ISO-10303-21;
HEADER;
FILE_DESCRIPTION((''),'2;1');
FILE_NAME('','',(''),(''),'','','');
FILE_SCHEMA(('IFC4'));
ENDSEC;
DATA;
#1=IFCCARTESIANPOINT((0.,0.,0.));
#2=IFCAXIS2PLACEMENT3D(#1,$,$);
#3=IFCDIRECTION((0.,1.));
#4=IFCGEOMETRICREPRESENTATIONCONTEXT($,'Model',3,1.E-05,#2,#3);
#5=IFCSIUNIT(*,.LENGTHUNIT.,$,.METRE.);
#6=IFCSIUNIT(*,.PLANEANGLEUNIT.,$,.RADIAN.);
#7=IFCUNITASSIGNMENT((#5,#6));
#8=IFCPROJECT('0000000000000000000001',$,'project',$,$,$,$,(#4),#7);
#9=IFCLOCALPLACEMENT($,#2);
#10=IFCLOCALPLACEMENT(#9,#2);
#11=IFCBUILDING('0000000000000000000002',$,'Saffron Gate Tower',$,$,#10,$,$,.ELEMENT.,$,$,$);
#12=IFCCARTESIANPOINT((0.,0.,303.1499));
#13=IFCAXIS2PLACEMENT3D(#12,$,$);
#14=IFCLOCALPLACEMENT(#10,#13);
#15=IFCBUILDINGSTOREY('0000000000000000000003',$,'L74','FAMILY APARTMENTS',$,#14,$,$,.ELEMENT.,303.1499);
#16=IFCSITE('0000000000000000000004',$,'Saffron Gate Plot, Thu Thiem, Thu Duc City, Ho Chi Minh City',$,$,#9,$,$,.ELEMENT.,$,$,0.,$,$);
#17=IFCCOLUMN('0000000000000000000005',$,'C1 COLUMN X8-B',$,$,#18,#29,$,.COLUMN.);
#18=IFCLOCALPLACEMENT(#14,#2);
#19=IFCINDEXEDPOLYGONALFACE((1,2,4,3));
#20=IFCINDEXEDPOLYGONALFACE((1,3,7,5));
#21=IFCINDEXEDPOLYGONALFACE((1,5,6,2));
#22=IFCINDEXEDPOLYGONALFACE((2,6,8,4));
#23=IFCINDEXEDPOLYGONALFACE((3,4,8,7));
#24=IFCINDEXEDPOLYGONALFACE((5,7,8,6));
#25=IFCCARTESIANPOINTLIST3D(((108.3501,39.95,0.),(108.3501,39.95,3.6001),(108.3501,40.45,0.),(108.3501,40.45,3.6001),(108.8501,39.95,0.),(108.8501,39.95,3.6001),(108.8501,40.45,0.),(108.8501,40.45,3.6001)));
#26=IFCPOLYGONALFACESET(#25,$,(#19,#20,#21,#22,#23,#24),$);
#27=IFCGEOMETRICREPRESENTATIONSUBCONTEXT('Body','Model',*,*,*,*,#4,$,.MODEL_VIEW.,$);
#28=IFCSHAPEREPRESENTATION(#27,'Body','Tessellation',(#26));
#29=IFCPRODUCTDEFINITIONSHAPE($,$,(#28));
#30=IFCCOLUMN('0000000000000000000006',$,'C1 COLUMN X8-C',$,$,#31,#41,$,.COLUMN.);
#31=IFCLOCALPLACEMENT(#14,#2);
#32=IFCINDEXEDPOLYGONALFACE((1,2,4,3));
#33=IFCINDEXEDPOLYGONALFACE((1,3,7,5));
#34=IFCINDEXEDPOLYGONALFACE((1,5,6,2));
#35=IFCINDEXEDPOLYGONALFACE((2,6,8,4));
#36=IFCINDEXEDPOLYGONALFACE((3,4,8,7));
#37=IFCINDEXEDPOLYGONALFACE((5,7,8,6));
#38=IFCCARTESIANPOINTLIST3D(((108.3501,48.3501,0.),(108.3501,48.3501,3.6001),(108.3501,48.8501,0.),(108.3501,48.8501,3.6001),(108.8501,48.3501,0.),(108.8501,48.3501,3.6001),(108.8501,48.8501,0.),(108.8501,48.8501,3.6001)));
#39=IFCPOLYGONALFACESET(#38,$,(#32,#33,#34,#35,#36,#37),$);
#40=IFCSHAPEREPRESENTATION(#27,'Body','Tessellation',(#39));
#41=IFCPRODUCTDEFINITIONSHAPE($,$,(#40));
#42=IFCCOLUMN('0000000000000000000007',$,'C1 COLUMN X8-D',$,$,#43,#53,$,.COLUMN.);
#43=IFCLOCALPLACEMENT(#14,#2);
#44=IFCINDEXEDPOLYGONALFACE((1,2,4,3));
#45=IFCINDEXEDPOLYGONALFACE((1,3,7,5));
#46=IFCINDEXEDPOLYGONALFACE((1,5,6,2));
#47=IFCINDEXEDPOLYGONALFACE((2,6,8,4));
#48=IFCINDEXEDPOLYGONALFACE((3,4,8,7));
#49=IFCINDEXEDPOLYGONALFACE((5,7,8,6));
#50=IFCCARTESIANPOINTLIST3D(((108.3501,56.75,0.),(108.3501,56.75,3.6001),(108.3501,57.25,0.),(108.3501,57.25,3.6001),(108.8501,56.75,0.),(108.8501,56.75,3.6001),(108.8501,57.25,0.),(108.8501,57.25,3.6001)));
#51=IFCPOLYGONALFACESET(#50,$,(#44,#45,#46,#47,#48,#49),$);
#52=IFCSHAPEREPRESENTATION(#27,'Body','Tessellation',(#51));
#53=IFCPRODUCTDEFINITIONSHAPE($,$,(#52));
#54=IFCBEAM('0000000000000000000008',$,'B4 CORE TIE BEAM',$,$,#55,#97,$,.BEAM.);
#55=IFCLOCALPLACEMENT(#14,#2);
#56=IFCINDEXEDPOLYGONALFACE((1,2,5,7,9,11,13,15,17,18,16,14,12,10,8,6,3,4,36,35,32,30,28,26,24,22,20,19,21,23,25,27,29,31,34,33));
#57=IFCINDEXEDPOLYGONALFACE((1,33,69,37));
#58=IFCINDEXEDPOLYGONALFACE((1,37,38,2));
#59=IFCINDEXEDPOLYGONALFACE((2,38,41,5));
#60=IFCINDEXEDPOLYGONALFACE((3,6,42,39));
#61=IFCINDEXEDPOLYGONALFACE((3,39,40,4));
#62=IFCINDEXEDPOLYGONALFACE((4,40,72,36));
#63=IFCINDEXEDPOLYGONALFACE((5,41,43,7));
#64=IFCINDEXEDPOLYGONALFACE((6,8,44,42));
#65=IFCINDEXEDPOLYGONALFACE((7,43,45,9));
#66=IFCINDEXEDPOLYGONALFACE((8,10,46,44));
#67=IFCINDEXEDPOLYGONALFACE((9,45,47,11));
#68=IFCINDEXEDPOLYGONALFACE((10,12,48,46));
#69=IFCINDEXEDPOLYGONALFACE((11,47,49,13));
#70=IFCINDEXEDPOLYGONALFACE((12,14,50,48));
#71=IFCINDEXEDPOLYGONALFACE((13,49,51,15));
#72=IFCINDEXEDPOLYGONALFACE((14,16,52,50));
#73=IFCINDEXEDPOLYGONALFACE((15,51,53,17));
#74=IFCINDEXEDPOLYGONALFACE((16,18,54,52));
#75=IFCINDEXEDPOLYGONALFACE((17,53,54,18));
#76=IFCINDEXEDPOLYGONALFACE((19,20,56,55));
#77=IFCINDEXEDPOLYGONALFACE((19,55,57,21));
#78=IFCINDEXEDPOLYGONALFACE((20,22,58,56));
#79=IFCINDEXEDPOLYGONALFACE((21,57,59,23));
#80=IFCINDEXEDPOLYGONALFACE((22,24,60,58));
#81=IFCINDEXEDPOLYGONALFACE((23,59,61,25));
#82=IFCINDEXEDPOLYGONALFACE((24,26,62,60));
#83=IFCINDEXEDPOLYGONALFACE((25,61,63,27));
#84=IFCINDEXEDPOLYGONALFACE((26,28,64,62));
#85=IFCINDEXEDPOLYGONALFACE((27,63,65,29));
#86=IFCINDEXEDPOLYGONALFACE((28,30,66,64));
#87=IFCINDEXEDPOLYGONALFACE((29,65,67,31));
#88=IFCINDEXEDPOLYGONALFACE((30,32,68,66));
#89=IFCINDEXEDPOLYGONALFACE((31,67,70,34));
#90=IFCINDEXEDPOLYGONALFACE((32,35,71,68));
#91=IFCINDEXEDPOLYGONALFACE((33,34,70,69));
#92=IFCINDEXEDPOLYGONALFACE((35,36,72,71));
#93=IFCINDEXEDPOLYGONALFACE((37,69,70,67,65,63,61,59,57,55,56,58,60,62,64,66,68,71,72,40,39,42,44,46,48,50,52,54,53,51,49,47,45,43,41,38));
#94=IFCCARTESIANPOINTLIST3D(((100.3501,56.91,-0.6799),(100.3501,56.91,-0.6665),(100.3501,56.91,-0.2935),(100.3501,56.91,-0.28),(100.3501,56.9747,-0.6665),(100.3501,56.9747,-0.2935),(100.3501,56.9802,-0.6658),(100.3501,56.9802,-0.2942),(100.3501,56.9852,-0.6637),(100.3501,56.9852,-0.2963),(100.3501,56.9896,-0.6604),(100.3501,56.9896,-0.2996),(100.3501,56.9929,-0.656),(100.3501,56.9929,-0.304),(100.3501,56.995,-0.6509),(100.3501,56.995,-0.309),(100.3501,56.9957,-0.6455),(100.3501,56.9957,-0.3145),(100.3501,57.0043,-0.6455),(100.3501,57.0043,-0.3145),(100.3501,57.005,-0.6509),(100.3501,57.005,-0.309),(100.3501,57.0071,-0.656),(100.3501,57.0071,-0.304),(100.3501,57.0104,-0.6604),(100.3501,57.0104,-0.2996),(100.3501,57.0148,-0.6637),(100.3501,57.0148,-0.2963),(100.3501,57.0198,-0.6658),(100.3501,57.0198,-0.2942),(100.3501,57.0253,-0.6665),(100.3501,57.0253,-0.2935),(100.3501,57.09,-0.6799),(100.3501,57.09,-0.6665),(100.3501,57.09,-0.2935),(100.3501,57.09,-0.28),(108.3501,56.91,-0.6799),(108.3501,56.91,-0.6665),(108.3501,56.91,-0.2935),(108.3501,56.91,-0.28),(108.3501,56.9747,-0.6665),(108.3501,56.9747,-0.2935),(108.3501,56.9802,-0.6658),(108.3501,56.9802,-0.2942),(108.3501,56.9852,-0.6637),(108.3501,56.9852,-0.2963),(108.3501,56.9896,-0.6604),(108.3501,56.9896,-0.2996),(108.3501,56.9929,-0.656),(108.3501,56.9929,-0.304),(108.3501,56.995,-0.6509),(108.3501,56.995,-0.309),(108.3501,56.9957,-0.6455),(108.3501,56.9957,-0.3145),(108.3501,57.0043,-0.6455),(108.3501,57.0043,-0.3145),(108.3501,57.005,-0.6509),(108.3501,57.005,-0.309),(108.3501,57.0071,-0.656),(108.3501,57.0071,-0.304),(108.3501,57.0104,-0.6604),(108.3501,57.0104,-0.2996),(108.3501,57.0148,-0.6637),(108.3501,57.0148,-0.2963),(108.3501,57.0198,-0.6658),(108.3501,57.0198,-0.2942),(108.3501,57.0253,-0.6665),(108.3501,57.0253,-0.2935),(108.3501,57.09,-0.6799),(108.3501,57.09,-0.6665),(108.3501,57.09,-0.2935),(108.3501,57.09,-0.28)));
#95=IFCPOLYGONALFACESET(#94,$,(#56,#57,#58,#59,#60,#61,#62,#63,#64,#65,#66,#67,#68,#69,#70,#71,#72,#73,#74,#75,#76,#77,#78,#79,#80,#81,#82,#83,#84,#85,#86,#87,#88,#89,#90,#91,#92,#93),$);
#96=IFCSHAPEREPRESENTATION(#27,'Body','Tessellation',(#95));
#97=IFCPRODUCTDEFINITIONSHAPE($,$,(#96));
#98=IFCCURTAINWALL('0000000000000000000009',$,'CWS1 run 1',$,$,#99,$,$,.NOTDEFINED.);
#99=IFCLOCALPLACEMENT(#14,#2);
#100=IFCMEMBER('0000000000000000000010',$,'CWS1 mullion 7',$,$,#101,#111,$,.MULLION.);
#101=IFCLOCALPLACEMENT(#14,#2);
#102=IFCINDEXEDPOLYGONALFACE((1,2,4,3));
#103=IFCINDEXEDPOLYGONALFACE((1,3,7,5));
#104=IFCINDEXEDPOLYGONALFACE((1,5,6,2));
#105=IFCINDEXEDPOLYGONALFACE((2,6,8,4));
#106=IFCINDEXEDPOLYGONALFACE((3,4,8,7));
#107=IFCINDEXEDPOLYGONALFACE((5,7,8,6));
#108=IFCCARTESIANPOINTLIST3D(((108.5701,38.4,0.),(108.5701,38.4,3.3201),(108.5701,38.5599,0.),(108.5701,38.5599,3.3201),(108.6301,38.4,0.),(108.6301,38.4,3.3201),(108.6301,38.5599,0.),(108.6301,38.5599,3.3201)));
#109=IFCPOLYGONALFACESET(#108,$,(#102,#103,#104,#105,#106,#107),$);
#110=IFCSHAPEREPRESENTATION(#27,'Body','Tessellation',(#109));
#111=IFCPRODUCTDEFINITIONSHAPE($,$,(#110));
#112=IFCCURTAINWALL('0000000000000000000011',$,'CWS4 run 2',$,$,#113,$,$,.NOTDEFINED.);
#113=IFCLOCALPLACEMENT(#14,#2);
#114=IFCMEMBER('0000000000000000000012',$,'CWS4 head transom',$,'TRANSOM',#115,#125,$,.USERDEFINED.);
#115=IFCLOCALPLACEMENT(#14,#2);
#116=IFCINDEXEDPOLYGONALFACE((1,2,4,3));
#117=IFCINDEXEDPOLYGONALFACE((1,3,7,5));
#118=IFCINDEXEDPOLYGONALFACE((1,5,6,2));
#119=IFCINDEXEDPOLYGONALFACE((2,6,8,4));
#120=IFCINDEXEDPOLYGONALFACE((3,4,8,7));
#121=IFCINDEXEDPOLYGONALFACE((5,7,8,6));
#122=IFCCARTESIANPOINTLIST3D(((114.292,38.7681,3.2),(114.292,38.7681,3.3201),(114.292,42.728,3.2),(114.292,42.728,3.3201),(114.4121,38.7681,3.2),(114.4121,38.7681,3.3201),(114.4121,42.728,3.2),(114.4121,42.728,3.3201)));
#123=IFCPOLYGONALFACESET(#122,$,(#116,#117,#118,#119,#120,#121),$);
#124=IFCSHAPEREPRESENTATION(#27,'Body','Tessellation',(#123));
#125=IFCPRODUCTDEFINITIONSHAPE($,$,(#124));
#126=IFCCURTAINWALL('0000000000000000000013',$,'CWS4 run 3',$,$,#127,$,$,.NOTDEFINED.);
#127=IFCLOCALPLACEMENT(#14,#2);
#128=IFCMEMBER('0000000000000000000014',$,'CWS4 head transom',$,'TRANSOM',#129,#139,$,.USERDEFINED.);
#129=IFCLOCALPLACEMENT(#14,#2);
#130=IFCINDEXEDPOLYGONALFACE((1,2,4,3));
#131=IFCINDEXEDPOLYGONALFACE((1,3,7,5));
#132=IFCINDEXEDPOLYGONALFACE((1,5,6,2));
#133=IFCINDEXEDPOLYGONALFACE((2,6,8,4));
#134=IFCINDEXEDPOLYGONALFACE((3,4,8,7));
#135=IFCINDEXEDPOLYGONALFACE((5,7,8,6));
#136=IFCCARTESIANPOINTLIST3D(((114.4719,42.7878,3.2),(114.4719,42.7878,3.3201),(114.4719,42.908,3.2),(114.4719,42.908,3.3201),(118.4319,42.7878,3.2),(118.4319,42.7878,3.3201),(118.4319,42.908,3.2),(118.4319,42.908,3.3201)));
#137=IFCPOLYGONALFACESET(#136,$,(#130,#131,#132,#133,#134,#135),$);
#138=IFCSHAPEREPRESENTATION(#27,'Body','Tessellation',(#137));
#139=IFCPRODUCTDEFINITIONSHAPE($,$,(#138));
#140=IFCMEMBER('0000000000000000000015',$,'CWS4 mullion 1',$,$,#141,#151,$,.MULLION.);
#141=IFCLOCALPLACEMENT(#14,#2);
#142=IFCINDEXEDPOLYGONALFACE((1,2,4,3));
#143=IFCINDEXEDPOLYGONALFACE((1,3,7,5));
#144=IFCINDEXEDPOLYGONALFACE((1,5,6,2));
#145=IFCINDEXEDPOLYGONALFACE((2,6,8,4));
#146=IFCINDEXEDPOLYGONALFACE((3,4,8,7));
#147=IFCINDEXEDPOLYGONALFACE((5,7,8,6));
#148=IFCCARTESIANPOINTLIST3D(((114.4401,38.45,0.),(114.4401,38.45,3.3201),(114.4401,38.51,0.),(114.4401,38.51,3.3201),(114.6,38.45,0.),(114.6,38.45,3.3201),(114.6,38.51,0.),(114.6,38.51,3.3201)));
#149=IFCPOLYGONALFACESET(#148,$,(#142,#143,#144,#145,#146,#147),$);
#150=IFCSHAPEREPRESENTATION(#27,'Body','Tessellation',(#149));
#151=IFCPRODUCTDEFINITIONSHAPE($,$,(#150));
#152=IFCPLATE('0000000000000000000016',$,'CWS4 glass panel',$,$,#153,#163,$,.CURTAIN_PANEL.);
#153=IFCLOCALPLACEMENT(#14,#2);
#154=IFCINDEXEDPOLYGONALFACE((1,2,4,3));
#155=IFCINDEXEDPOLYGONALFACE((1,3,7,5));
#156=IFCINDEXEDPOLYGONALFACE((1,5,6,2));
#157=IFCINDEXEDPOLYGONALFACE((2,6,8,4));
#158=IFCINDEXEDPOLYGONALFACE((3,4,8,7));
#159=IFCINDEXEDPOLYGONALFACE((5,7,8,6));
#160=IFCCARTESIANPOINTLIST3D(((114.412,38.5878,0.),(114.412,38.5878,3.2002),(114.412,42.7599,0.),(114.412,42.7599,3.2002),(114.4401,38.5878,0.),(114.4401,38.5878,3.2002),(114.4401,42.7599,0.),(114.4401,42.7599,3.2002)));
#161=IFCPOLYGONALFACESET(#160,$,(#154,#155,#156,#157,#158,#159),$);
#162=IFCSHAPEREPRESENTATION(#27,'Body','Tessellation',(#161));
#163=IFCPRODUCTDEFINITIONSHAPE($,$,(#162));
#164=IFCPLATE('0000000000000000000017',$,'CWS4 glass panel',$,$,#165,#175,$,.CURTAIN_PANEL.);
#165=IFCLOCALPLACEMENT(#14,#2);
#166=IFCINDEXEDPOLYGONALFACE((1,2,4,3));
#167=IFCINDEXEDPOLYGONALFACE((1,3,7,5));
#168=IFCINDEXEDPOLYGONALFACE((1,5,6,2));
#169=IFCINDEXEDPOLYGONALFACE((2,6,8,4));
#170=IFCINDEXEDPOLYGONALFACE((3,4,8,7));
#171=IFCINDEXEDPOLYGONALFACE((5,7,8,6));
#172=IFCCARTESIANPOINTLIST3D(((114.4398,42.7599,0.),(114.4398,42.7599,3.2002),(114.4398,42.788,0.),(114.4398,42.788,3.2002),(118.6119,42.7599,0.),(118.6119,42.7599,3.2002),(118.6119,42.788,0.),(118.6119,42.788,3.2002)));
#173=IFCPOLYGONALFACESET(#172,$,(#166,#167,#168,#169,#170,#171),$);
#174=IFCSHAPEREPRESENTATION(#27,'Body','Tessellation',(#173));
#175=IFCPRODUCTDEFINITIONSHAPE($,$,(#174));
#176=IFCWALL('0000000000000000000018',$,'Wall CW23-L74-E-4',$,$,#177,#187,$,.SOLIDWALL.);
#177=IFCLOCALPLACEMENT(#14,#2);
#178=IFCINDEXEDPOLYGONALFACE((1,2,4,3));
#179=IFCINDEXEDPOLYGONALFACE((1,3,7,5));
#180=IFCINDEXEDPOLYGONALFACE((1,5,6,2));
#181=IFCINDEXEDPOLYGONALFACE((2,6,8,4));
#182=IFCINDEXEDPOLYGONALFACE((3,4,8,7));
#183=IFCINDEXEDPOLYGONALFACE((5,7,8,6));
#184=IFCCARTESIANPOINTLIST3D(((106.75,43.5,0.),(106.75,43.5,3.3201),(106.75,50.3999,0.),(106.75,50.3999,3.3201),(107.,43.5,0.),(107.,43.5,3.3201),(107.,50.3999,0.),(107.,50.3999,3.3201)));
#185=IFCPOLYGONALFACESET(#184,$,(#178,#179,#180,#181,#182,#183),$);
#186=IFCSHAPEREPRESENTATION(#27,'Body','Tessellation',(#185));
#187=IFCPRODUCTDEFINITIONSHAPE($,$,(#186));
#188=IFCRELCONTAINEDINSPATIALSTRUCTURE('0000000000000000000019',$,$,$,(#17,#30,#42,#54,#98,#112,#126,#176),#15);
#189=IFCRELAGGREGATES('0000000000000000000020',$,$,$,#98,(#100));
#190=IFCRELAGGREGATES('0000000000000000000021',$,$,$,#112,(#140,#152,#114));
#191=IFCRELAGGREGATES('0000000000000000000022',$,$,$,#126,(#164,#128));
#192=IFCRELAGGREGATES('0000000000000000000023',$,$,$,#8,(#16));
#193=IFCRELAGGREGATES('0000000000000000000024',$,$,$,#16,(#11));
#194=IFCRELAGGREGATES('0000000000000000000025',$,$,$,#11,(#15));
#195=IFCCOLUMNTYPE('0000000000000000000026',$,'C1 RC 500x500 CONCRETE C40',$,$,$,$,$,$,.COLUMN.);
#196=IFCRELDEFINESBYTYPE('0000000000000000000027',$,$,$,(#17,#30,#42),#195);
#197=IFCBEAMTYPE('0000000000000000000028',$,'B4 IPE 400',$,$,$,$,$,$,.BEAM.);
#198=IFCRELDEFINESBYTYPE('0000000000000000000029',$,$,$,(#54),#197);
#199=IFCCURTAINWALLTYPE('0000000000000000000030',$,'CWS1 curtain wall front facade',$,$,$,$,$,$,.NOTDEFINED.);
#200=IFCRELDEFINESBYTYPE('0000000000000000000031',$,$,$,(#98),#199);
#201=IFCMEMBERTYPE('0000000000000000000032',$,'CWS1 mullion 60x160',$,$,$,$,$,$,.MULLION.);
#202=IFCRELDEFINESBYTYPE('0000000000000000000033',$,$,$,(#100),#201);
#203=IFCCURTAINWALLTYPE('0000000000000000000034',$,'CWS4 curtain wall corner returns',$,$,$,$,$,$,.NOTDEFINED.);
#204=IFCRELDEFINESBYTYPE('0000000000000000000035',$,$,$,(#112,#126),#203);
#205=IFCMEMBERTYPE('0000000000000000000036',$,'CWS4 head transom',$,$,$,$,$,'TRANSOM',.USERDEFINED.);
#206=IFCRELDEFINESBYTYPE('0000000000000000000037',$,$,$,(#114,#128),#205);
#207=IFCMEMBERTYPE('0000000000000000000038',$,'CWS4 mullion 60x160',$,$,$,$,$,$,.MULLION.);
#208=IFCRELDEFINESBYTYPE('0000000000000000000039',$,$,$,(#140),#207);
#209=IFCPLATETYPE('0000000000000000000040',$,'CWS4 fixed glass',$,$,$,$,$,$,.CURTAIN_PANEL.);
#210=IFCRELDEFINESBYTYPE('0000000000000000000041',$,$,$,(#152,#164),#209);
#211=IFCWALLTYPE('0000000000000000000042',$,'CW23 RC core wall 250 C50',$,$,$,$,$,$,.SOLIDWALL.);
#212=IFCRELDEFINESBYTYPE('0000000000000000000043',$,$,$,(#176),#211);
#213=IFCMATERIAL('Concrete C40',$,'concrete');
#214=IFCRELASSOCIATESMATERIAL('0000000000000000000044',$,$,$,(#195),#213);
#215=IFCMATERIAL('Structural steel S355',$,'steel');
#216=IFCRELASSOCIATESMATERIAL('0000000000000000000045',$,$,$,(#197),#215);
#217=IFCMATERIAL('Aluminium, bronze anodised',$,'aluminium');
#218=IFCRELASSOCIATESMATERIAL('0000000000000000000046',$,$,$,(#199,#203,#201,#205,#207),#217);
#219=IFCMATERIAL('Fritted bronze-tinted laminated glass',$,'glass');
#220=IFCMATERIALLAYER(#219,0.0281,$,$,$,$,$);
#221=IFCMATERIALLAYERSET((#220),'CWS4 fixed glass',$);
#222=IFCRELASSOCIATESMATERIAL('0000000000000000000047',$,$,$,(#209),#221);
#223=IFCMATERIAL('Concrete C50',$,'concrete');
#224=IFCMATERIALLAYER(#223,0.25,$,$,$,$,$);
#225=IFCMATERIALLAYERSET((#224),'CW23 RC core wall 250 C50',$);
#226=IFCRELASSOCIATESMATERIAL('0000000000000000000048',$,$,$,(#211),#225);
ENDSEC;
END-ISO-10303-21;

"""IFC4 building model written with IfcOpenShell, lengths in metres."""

from ifc_helpers import new_model, si_unit, direction, frame, frame_2d, origin, origin_2d, place, context, subcontext, project, spatial, rectangle, i_section, extrude, material, layer, layer_set, material_profile, profile_set, type_object, element, aggregate, save


model = new_model("IFC4")

# Units and contexts
model_context = context("Model", 3, precision=1e-05, world=origin(), true_north=direction((0.0, 1.0)))
body_context = subcontext(model_context, "Body", "Model", "MODEL_VIEW")
ifc_project = project(units=[si_unit("LENGTHUNIT", "METRE"), si_unit("PLANEANGLEUNIT", "RADIAN")], contexts=[model_context])

# Site, building, storey
site_placement = place(None, origin())
site = spatial("IfcSite", under=ifc_project, at=site_placement, Name="Saffron Gate Plot, Thu Thiem, Thu Duc City, Ho Chi Minh City", CompositionType="ELEMENT", RefElevation=0.0)
building_placement = place(site_placement, origin())
building = spatial("IfcBuilding", under=site, at=building_placement, Name="Saffron Gate Tower", CompositionType="ELEMENT")
storey_placement = place(building_placement, frame((0.0, 0.0, 303.1499)))
storey = spatial("IfcBuildingStorey", under=building, at=storey_placement, Name="L74", Description="FAMILY APARTMENTS", CompositionType="ELEMENT", Elevation=303.1499)

# Columns
ifc_material_1 = material(Name="Concrete C40", Category="concrete")
ifc_material_profile_1 = material_profile(ifc_material_1, rectangle(XDim=0.5, YDim=0.5, at=origin_2d()))
ifc_profile_set_1 = profile_set([ifc_material_profile_1], Name="Concrete C40")
column_type = type_object("IfcColumnType", Name="C1 RC 500x500 CONCRETE C40", PredefinedType="COLUMN", material=ifc_profile_set_1)
for number, where, z_axis, x_axis, name in (
    (1, (108.6001, 40.2, 0.0), (0.0, 0.0, 1.0), (1.0, 0.0, 0.0), "C1 COLUMN X8-B"),
    (2, (108.6001, 48.6001, 0.0), (0.0, 0.0, 1.0), (1.0, 0.0, 0.0), "C1 COLUMN X8-C"),
    (3, (108.6001, 57.0, 0.0), (0.0, 0.0, 1.0), (1.0, 0.0, 0.0), "C1 COLUMN X8-D"),
):
    element("IfcColumn", number, at=place(storey_placement, frame(where, z_axis=z_axis, x_axis=x_axis)), inside=storey, type_object=column_type, Name=name, PredefinedType="COLUMN", context=body_context, shape_type="SweptSolid", body=[
        extrude(rectangle(XDim=0.5, YDim=0.5, at=origin_2d()), origin(), (0.0, 0.0, 1.0), 3.6001),
    ])

# Beam
ifc_material_2 = material(Name="Structural steel S355", Category="steel")
ifc_material_profile_2 = material_profile(ifc_material_2, i_section(OverallWidth=0.1799, OverallDepth=0.3999, WebThickness=0.0085, FlangeThickness=0.0134, FilletRadius=0.021, at=origin_2d()))
ifc_profile_set_2 = profile_set([ifc_material_profile_2], Name="Structural steel S355")
beam_type = type_object("IfcBeamType", Name="B4 IPE 400", PredefinedType="BEAM", material=ifc_profile_set_2)
beam_placement = place(storey_placement, frame((108.3501, 57.0, -0.48), z_axis=(-1.0, 0.0, 0.0), x_axis=(0.0, -1.0, 0.0)))
element("IfcBeam", 4, at=beam_placement, inside=storey, type_object=beam_type, Name="B4 CORE TIE BEAM", PredefinedType="BEAM", context=body_context, shape_type="SweptSolid", body=[
    extrude(i_section(OverallWidth=0.1799, OverallDepth=0.3999, WebThickness=0.0085, FlangeThickness=0.0134, FilletRadius=0.021, at=origin_2d()), origin(), (0.0, 0.0, 1.0), 8.0),
])

# Curtain walls, members
ifc_material_3 = material(Name="Aluminium, bronze anodised", Category="aluminium")
curtain_wall_type_1 = type_object("IfcCurtainWallType", Name="CWS1 curtain wall front facade", PredefinedType="NOTDEFINED", material=ifc_material_3)
curtain_wall_1_placement = place(storey_placement, origin())
curtain_wall_1 = element("IfcCurtainWall", 5, at=curtain_wall_1_placement, inside=storey, type_object=curtain_wall_type_1, Name="CWS1 run 1", PredefinedType="NOTDEFINED")
ifc_material_profile_3 = material_profile(ifc_material_3, rectangle(XDim=0.1599, YDim=0.0601, at=origin_2d()))
ifc_profile_set_3 = profile_set([ifc_material_profile_3], Name="Aluminium, bronze anodised")
member_type_1 = type_object("IfcMemberType", Name="CWS1 mullion 60x160", PredefinedType="MULLION", material=ifc_profile_set_3)
member_1_placement = place(storey_placement, frame((108.6001, 38.48, 0.0), z_axis=(0.0, 0.0, 1.0), x_axis=(0.0, 1.0, 0.0)))
member_1 = element("IfcMember", 6, at=member_1_placement, type_object=member_type_1, Name="CWS1 mullion 7", PredefinedType="MULLION", context=body_context, shape_type="SweptSolid", body=[
    extrude(rectangle(XDim=0.1599, YDim=0.0601, at=origin_2d()), origin(), (0.0, 0.0, 1.0), 3.3201),
])
aggregate(curtain_wall_1, [member_1])
curtain_wall_type_2 = type_object("IfcCurtainWallType", Name="CWS4 curtain wall corner returns", PredefinedType="NOTDEFINED", material=ifc_material_3)
curtain_wall_2_placement = place(storey_placement, origin())
curtain_wall_2 = element("IfcCurtainWall", 7, at=curtain_wall_2_placement, inside=storey, type_object=curtain_wall_type_2, Name="CWS4 run 2", PredefinedType="NOTDEFINED")
ifc_material_profile_4 = material_profile(ifc_material_3, rectangle(XDim=0.1201, YDim=0.1201, at=origin_2d()))
ifc_profile_set_4 = profile_set([ifc_material_profile_4], Name="Aluminium, bronze anodised")
member_type_2 = type_object("IfcMemberType", Name="CWS4 head transom", ElementType="TRANSOM", PredefinedType="USERDEFINED", material=ifc_profile_set_4)
member_2_placement = place(storey_placement, frame((114.3521, 38.7681, 3.26), z_axis=(0.0, 1.0, 0.0), x_axis=(-1.0, 0.0, 0.0)))
member_2 = element("IfcMember", 8, at=member_2_placement, type_object=member_type_2, Name="CWS4 head transom", ObjectType="TRANSOM", PredefinedType="USERDEFINED", context=body_context, shape_type="SweptSolid", body=[
    extrude(rectangle(XDim=0.1201, YDim=0.1201, at=origin_2d()), origin(), (0.0, 0.0, 1.0), 3.96),
])
curtain_wall_3_placement = place(storey_placement, origin())
curtain_wall_3 = element("IfcCurtainWall", 9, at=curtain_wall_3_placement, inside=storey, type_object=curtain_wall_type_2, Name="CWS4 run 3", PredefinedType="NOTDEFINED")
member_3_placement = place(storey_placement, frame((114.4719, 42.8479, 3.26), z_axis=(1.0, 0.0, 0.0), x_axis=(0.0, 1.0, 0.0)))
member_3 = element("IfcMember", 10, at=member_3_placement, type_object=member_type_2, Name="CWS4 head transom", ObjectType="TRANSOM", PredefinedType="USERDEFINED", context=body_context, shape_type="SweptSolid", body=[
    extrude(rectangle(XDim=0.1201, YDim=0.1201, at=origin_2d()), origin(), (0.0, 0.0, 1.0), 3.96),
])

# Member
ifc_material_profile_5 = material_profile(ifc_material_3, rectangle(XDim=0.1599, YDim=0.0601, at=origin_2d()))
ifc_profile_set_5 = profile_set([ifc_material_profile_5], Name="Aluminium, bronze anodised")
member_type_3 = type_object("IfcMemberType", Name="CWS4 mullion 60x160", PredefinedType="MULLION", material=ifc_profile_set_5)
member_4_placement = place(storey_placement, frame((114.52, 38.48, 0.0), z_axis=(0.0, 0.0, 1.0), x_axis=(-1.0, 0.0, 0.0)))
member_4 = element("IfcMember", 11, at=member_4_placement, type_object=member_type_3, Name="CWS4 mullion 1", PredefinedType="MULLION", context=body_context, shape_type="SweptSolid", body=[
    extrude(rectangle(XDim=0.1599, YDim=0.0601, at=origin_2d()), origin(), (0.0, 0.0, 1.0), 3.3201),
])

# Plates
ifc_material_4 = material(Name="Fritted bronze-tinted laminated glass", Category="glass")
ifc_layer_1 = layer(ifc_material_4, 0.0281)
ifc_layer_set_1 = layer_set([ifc_layer_1], Name="CWS4 fixed glass")
plate_type = type_object("IfcPlateType", Name="CWS4 fixed glass", PredefinedType="CURTAIN_PANEL", material=ifc_layer_set_1)
plate_1_placement = place(storey_placement, frame((114.426, 38.5879, 0.0), z_axis=(0.0, 0.0, 1.0), x_axis=(0.0, 1.0, 0.0)))
plate_1 = element("IfcPlate", 12, at=plate_1_placement, type_object=plate_type, Name="CWS4 glass panel", PredefinedType="CURTAIN_PANEL", context=body_context, shape_type="SweptSolid", body=[
    extrude(rectangle(XDim=4.1721, YDim=0.0281, at=frame_2d((2.0859, 0.0))), origin(), (0.0, 0.0, 1.0), 3.2002),
])
aggregate(curtain_wall_2, [member_4, plate_1, member_2])
plate_2_placement = place(storey_placement, frame((114.4399, 42.7739, 0.0), z_axis=(0.0, 0.0, 1.0), x_axis=(1.0, 0.0, 0.0)))
plate_2 = element("IfcPlate", 13, at=plate_2_placement, type_object=plate_type, Name="CWS4 glass panel", PredefinedType="CURTAIN_PANEL", context=body_context, shape_type="SweptSolid", body=[
    extrude(rectangle(XDim=4.1721, YDim=0.0281, at=frame_2d((2.0859, 0.0))), origin(), (0.0, 0.0, 1.0), 3.2002),
])
aggregate(curtain_wall_3, [plate_2, member_3])

# Wall
ifc_material_5 = material(Name="Concrete C50", Category="concrete")
ifc_layer_2 = layer(ifc_material_5, 0.25)
ifc_layer_set_2 = layer_set([ifc_layer_2], Name="CW23 RC core wall 250 C50")
wall_type_1 = type_object("IfcWallType", Name="CW23 RC core wall 250 C50", PredefinedType="SOLIDWALL", material=ifc_layer_set_2)
wall_1_placement = place(storey_placement, frame((106.875, 43.5, 0.0), z_axis=(0.0, 0.0, 1.0), x_axis=(0.0, 1.0, 0.0)))
element("IfcWall", 14, at=wall_1_placement, inside=storey, type_object=wall_type_1, Name="Wall CW23-L74-E-4", PredefinedType="SOLIDWALL", context=body_context, shape_type="SweptSolid", body=[
    extrude(rectangle(XDim=6.8999, YDim=0.25, at=frame_2d((3.45, 0.0))), origin(), (0.0, 0.0, 1.0), 3.3201),
])

save(model, "model.ifc")
